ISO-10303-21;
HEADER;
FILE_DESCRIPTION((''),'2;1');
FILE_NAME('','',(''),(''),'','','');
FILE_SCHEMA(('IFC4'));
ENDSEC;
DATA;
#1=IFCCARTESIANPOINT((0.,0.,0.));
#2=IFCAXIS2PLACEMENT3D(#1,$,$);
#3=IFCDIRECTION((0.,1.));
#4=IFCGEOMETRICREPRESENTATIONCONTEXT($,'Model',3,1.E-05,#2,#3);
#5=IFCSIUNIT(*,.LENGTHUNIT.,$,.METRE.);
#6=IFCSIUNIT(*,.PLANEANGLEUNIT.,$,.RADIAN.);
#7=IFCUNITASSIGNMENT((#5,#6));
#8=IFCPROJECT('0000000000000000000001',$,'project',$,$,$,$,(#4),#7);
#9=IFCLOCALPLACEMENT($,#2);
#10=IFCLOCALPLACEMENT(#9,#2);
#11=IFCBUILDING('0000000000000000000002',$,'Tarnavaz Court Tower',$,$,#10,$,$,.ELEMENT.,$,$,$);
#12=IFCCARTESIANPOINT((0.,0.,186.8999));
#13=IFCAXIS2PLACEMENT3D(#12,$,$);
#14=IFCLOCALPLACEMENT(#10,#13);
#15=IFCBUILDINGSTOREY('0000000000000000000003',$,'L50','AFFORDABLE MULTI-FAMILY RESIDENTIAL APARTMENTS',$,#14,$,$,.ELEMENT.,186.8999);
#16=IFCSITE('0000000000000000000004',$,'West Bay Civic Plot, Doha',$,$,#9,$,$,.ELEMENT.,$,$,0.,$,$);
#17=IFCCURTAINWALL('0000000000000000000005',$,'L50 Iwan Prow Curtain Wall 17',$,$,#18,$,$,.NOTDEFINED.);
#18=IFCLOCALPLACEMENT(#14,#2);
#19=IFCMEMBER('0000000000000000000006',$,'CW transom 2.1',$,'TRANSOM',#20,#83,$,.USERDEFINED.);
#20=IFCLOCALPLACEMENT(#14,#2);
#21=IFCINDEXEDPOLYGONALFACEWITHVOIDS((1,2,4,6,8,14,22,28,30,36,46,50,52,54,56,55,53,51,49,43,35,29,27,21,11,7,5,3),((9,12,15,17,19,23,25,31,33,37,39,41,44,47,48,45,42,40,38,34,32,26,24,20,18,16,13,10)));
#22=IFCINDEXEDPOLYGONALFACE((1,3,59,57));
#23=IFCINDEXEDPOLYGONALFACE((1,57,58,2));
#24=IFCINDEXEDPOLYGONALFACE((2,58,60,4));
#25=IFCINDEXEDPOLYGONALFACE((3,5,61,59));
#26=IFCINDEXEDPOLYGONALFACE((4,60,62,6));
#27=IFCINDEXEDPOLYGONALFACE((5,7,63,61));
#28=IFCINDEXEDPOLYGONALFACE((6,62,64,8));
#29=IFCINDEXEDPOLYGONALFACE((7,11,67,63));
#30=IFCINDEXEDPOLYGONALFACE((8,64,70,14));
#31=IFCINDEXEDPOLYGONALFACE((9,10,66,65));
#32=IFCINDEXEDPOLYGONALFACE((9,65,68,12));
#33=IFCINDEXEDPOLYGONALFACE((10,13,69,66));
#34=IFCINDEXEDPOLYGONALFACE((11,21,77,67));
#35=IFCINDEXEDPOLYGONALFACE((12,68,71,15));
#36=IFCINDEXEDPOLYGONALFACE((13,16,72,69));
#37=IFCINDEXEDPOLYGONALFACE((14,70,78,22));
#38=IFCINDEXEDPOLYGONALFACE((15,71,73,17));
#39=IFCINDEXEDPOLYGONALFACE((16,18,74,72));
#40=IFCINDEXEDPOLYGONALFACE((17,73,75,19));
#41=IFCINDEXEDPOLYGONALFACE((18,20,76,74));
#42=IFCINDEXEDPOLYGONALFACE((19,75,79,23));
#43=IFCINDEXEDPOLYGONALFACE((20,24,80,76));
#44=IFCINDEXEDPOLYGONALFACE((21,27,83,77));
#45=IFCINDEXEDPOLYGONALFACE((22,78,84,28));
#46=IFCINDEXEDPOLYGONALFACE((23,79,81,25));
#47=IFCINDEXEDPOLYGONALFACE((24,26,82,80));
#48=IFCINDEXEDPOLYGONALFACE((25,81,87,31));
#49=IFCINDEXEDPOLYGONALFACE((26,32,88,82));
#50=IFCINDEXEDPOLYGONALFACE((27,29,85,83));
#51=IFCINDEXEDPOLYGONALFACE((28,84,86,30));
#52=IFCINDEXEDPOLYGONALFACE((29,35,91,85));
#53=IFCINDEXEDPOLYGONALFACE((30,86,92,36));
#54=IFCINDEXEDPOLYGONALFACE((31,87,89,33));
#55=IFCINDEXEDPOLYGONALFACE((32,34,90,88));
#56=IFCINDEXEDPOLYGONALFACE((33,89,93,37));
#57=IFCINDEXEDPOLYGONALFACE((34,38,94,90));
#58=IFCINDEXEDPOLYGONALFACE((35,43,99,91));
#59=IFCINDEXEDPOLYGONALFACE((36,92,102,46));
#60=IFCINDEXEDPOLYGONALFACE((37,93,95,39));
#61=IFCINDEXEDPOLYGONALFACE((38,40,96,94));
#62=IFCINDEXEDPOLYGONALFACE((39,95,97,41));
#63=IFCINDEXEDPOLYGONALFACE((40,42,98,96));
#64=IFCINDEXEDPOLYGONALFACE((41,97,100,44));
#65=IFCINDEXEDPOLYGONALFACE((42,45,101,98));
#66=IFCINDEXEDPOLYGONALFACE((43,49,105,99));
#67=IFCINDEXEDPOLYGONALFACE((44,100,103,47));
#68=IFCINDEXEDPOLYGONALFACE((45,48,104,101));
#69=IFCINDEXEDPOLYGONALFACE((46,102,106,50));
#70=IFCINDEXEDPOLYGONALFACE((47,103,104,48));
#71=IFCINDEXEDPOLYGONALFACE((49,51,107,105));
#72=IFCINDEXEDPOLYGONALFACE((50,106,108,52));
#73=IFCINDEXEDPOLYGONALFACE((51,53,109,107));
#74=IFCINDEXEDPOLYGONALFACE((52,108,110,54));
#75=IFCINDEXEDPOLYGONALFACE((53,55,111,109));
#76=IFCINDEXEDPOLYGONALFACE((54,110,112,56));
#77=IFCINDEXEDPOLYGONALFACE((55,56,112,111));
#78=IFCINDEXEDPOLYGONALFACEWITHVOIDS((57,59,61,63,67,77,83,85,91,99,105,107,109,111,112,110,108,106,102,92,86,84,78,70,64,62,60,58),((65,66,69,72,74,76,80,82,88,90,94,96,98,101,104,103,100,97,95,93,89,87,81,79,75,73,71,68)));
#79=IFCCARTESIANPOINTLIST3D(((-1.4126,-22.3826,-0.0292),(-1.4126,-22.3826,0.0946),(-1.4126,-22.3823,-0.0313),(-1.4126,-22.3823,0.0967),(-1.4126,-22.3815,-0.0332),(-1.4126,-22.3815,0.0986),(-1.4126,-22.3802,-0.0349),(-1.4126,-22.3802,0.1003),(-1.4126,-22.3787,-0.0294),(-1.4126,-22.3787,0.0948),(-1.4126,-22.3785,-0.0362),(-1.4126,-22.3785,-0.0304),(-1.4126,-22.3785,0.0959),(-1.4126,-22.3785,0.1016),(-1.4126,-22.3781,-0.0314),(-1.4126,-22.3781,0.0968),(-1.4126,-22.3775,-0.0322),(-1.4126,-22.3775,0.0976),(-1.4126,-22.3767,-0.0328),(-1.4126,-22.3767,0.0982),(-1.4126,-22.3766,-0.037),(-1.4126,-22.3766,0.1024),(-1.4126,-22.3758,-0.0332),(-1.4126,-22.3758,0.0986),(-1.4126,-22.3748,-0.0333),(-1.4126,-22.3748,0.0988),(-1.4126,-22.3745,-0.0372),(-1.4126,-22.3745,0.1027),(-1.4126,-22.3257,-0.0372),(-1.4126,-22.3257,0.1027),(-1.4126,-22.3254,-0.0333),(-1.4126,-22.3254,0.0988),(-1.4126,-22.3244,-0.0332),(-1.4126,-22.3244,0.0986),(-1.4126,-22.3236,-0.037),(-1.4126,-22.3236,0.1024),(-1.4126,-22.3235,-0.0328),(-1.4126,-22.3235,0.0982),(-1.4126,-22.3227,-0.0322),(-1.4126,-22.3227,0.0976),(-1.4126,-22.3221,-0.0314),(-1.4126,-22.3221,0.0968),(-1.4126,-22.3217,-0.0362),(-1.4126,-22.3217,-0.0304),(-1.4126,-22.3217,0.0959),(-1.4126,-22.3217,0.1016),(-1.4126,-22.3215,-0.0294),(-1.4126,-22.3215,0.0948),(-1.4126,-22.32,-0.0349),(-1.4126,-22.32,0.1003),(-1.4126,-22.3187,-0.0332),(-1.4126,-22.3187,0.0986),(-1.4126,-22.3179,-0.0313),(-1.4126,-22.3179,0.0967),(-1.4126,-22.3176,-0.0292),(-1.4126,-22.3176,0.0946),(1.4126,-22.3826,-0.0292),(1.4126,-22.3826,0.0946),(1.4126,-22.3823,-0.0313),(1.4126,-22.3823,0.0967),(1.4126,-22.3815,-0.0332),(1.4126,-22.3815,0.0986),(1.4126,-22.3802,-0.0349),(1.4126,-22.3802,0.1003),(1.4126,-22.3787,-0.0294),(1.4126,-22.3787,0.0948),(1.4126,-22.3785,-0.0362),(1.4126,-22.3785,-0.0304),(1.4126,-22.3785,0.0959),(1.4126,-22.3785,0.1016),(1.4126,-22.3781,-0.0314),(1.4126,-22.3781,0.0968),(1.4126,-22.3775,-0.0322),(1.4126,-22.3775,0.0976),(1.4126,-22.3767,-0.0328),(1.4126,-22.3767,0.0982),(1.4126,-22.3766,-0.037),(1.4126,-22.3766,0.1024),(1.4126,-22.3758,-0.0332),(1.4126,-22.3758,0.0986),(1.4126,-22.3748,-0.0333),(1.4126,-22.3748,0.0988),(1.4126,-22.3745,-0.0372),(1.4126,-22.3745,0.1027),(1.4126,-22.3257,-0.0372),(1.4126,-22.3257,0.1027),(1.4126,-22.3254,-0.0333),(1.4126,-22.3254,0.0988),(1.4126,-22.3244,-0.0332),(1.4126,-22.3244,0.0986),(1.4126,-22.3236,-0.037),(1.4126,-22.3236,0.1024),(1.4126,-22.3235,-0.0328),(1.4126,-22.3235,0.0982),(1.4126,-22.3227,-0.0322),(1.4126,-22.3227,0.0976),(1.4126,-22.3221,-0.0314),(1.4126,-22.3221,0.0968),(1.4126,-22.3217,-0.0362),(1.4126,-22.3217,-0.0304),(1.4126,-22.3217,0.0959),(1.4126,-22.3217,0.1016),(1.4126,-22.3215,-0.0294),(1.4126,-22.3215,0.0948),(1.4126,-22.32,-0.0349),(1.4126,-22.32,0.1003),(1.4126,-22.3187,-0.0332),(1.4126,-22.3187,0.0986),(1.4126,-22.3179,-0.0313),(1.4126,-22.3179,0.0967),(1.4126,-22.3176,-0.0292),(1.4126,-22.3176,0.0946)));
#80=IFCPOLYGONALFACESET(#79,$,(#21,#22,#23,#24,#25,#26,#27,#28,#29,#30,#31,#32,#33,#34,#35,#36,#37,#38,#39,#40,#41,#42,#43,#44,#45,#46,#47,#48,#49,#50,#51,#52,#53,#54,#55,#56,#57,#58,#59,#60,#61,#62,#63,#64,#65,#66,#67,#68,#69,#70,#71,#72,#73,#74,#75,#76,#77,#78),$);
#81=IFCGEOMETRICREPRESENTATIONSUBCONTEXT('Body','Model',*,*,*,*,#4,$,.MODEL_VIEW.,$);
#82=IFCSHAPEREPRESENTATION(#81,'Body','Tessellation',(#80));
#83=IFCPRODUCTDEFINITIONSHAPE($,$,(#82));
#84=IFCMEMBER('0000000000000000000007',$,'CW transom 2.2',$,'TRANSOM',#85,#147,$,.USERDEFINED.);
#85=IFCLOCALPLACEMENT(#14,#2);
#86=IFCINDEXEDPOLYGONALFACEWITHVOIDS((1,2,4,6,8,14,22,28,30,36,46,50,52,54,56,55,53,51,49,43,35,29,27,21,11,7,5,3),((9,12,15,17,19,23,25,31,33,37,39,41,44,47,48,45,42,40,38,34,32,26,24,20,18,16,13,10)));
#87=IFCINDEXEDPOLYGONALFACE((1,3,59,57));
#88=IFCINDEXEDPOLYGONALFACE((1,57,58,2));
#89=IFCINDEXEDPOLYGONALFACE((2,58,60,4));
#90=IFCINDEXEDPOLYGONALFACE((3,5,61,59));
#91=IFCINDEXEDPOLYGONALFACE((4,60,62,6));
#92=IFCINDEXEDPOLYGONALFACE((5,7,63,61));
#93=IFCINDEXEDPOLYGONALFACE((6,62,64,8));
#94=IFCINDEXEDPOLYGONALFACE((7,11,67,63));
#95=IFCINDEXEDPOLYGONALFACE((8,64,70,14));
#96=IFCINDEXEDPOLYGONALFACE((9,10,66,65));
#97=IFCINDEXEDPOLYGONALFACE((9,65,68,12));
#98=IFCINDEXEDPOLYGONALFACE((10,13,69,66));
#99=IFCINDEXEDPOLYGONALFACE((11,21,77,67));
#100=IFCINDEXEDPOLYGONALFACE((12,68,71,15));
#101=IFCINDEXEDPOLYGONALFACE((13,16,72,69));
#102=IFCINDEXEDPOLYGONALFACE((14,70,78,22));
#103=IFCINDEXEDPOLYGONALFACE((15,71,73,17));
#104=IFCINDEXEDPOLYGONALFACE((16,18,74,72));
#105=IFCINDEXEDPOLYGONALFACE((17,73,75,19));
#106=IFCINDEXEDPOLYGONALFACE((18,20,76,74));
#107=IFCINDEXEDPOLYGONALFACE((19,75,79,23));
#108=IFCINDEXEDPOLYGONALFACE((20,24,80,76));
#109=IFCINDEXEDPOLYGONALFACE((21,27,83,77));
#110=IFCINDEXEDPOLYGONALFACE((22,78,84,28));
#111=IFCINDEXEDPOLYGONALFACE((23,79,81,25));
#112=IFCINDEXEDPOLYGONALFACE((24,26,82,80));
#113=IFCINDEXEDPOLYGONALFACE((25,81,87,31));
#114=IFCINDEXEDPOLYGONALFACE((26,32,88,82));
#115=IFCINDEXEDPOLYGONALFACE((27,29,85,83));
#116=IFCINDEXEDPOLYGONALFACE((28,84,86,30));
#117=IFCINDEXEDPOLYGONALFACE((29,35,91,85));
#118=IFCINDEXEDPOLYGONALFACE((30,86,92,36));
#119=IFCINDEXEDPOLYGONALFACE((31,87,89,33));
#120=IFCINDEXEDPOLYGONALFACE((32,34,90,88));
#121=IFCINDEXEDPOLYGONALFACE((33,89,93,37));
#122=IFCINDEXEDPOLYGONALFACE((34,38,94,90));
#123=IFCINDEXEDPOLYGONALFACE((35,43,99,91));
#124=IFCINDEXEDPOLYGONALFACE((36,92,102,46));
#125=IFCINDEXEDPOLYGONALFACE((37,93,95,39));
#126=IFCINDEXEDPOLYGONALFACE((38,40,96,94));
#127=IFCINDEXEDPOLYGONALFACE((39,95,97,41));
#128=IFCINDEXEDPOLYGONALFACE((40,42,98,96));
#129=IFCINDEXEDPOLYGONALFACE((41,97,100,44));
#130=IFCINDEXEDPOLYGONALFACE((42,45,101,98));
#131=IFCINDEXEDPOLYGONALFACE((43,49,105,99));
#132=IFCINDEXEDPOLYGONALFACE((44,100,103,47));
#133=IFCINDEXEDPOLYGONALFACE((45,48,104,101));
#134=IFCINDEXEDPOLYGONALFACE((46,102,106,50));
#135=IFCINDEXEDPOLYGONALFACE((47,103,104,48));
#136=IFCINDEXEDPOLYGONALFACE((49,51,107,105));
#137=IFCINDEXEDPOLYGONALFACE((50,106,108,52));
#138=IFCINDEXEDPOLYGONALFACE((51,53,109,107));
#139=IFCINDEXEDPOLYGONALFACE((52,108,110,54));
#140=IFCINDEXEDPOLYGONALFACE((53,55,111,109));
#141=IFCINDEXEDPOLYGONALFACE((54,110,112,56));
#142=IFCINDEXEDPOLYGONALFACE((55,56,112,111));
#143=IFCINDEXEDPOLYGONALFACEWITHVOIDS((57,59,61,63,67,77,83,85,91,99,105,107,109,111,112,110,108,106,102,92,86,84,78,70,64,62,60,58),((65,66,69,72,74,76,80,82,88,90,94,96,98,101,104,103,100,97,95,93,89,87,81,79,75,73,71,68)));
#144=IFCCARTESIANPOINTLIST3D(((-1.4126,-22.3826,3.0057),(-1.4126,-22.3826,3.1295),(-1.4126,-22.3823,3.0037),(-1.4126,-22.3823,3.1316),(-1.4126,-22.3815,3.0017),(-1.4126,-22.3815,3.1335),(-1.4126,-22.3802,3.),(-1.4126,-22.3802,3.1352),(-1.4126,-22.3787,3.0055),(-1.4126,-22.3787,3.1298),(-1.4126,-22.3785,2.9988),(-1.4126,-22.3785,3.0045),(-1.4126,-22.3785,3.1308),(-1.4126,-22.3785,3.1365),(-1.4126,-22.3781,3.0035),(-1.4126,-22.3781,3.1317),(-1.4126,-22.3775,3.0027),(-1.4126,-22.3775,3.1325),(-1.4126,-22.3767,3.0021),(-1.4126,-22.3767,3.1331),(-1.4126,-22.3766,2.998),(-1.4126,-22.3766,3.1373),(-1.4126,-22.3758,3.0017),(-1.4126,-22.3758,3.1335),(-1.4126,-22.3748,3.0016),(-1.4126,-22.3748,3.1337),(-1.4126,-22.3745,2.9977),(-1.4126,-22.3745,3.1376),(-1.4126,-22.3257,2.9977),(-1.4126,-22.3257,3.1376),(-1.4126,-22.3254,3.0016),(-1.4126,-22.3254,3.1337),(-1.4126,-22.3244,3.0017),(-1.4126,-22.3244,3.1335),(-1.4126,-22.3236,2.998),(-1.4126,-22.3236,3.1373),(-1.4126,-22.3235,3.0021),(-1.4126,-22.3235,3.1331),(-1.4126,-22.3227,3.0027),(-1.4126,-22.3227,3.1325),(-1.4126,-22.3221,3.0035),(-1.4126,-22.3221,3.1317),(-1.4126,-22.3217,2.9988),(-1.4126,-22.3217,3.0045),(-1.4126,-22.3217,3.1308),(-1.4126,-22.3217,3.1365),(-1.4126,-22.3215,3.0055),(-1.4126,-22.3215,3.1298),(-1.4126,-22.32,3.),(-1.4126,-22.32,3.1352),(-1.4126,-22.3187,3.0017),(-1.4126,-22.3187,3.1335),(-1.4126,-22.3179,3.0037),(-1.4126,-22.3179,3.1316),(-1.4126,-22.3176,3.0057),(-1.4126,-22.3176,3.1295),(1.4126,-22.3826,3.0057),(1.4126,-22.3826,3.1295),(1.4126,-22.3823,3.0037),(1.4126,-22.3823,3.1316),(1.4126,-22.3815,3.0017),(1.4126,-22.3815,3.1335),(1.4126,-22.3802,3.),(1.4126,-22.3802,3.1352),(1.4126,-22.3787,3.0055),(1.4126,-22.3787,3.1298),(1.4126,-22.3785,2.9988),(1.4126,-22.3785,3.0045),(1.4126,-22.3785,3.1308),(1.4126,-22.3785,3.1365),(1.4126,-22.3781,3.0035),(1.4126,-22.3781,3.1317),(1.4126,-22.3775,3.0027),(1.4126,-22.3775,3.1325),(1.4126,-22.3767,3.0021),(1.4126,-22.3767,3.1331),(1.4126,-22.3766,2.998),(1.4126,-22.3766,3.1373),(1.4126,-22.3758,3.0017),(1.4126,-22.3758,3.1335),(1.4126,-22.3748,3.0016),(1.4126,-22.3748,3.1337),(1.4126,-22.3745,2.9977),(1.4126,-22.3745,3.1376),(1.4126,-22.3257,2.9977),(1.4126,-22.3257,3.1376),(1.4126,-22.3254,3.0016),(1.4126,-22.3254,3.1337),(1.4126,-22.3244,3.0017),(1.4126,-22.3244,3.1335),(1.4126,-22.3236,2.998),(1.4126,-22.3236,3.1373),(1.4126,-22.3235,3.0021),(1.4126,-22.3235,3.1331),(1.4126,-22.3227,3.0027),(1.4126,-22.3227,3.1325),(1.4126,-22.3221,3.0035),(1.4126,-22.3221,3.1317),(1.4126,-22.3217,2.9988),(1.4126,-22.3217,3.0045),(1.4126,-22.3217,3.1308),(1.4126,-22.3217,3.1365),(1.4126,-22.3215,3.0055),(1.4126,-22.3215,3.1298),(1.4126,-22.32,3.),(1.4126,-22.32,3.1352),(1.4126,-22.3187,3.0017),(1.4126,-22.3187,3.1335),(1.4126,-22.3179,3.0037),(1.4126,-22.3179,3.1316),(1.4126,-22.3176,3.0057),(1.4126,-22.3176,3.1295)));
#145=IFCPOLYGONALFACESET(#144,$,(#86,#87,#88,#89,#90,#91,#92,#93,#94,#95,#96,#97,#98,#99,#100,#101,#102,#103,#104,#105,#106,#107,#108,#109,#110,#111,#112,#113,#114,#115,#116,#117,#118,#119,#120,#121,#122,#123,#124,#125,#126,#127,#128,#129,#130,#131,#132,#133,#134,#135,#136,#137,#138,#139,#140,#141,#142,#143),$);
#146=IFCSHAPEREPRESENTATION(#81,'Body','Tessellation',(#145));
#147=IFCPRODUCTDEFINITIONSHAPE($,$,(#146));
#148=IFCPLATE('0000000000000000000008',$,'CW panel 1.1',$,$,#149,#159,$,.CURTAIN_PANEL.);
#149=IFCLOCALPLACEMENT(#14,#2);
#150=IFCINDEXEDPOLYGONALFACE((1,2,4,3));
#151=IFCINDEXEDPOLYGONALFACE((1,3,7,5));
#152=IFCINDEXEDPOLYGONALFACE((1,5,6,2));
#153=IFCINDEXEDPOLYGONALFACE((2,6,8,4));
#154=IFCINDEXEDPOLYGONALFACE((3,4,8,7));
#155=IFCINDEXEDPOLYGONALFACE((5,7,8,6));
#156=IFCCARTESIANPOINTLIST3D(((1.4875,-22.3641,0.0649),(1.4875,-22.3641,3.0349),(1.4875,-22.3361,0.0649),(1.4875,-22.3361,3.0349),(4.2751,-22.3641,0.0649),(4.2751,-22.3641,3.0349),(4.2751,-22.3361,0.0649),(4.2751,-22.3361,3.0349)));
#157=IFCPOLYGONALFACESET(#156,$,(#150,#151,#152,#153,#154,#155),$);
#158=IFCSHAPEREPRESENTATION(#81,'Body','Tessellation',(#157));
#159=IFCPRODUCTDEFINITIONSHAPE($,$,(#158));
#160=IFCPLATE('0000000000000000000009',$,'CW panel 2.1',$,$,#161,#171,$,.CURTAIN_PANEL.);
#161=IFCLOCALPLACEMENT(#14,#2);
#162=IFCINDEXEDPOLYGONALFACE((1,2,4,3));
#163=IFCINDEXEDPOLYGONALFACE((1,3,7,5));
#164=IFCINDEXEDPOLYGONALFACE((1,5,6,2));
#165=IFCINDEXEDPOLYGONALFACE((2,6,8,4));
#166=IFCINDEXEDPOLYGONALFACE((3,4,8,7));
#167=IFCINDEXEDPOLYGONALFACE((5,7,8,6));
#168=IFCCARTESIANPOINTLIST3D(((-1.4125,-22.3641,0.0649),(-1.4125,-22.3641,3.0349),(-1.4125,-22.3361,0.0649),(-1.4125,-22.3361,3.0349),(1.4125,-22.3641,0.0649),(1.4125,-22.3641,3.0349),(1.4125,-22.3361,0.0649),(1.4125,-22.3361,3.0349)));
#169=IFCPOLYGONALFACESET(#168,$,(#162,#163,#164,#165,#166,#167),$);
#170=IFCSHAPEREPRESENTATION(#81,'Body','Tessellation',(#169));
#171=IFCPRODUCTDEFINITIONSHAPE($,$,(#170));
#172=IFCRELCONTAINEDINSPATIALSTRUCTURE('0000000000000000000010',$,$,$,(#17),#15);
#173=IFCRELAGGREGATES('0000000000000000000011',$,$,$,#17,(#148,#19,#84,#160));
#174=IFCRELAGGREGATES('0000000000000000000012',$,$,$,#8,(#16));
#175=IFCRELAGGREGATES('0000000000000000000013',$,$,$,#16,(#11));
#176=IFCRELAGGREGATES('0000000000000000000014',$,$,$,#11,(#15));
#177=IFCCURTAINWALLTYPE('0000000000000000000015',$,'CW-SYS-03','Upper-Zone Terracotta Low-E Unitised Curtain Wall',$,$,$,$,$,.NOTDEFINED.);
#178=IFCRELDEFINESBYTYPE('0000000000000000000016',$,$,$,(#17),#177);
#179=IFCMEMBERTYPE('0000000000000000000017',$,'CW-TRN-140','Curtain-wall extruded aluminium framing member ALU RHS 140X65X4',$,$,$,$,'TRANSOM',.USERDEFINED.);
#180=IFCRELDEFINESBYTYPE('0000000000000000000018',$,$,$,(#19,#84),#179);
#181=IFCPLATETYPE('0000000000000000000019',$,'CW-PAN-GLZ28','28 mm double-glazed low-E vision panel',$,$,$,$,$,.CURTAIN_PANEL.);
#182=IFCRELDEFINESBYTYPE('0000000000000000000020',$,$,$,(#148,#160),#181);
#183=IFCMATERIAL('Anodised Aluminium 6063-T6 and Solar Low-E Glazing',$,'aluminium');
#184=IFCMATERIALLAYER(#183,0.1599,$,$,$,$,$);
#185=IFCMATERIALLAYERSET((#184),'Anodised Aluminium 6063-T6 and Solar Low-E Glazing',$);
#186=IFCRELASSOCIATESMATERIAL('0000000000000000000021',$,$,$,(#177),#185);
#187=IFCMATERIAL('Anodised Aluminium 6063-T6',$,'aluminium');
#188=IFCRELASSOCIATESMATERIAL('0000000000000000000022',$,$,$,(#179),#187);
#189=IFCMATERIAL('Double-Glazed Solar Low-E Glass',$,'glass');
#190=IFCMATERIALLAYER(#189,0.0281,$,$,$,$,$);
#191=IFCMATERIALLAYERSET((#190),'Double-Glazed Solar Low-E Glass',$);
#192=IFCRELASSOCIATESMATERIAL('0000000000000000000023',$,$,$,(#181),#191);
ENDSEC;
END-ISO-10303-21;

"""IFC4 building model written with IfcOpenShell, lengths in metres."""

from ifc_helpers import new_model, si_unit, direction, frame, origin, origin_2d, place, context, subcontext, project, spatial, rectangle, hollow_rectangle, extrude, material, layer, layer_set, material_profile, profile_set, type_object, element, aggregate, save


model = new_model("IFC4")

# Units and contexts
model_context = context("Model", 3, precision=1e-05, world=origin(), true_north=direction((0.0, 1.0)))
body_context = subcontext(model_context, "Body", "Model", "MODEL_VIEW")
ifc_project = project(units=[si_unit("LENGTHUNIT", "METRE"), si_unit("PLANEANGLEUNIT", "RADIAN")], contexts=[model_context])

# Site, building, storey
site_placement = place(None, origin())
site = spatial("IfcSite", under=ifc_project, at=site_placement, Name="West Bay Civic Plot, Doha", CompositionType="ELEMENT", RefElevation=0.0)
building_placement = place(site_placement, origin())
building = spatial("IfcBuilding", under=site, at=building_placement, Name="Tarnavaz Court Tower", CompositionType="ELEMENT")
storey_placement = place(building_placement, frame((0.0, 0.0, 186.8999)))
storey = spatial("IfcBuildingStorey", under=building, at=storey_placement, Name="L50", Description="AFFORDABLE MULTI-FAMILY RESIDENTIAL APARTMENTS", CompositionType="ELEMENT", Elevation=186.8999)

# Curtain wall, members, plates
ifc_material_1 = material(Name="Anodised Aluminium 6063-T6 and Solar Low-E Glazing", Category="aluminium")
ifc_layer_1 = layer(ifc_material_1, 0.1599)
ifc_layer_set_1 = layer_set([ifc_layer_1], Name="Anodised Aluminium 6063-T6 and Solar Low-E Glazing")
curtain_wall_type = type_object("IfcCurtainWallType", Name="CW-SYS-03", Description="Upper-Zone Terracotta Low-E Unitised Curtain Wall", PredefinedType="NOTDEFINED", material=ifc_layer_set_1)
curtain_wall_placement = place(storey_placement, origin())
curtain_wall = element("IfcCurtainWall", 1, at=curtain_wall_placement, inside=storey, type_object=curtain_wall_type, Name="L50 Iwan Prow Curtain Wall 17", PredefinedType="NOTDEFINED")
ifc_material_2 = material(Name="Anodised Aluminium 6063-T6", Category="aluminium")
ifc_material_profile_1 = material_profile(ifc_material_2, hollow_rectangle(XDim=0.0649, YDim=0.1399, WallThickness=0.0039, InnerFilletRadius=0.0039, OuterFilletRadius=0.0081, at=origin_2d()), Name="ALU RHS 140X65X4")
ifc_profile_set_1 = profile_set([ifc_material_profile_1], Name="Anodised Aluminium 6063-T6")
member_type_1 = type_object("IfcMemberType", Name="CW-TRN-140", Description="Curtain-wall extruded aluminium framing member ALU RHS 140X65X4", ElementType="TRANSOM", PredefinedType="USERDEFINED", material=ifc_profile_set_1)
member_1_placement = place(storey_placement, frame((1.4126, -22.3501, 0.0327), z_axis=(-1.0, 0.0, 0.0), x_axis=(0.0, -1.0, 0.0)))
member_1 = element("IfcMember", 2, at=member_1_placement, type_object=member_type_1, Name="CW transom 2.1", ObjectType="TRANSOM", PredefinedType="USERDEFINED", context=body_context, shape_type="SweptSolid", body=[
    extrude(hollow_rectangle(XDim=0.0649, YDim=0.1399, WallThickness=0.0039, InnerFilletRadius=0.0039, OuterFilletRadius=0.0081, at=origin_2d()), origin(), (0.0, 0.0, 1.0), 2.8252),
])
member_2_placement = place(storey_placement, frame((1.4126, -22.3501, 3.0676), z_axis=(-1.0, 0.0, 0.0), x_axis=(0.0, -1.0, 0.0)))
member_2 = element("IfcMember", 3, at=member_2_placement, type_object=member_type_1, Name="CW transom 2.2", ObjectType="TRANSOM", PredefinedType="USERDEFINED", context=body_context, shape_type="SweptSolid", body=[
    extrude(hollow_rectangle(XDim=0.0649, YDim=0.1399, WallThickness=0.0039, InnerFilletRadius=0.0039, OuterFilletRadius=0.0081, at=origin_2d()), origin(), (0.0, 0.0, 1.0), 2.8252),
])
ifc_material_3 = material(Name="Double-Glazed Solar Low-E Glass", Category="glass")
ifc_layer_2 = layer(ifc_material_3, 0.0281)
ifc_layer_set_2 = layer_set([ifc_layer_2], Name="Double-Glazed Solar Low-E Glass")
plate_type = type_object("IfcPlateType", Name="CW-PAN-GLZ28", Description="28 mm double-glazed low-E vision panel", PredefinedType="CURTAIN_PANEL", material=ifc_layer_set_2)
plate_1_placement = place(storey_placement, frame((2.8813, -22.3501, 0.0649), z_axis=(0.0, 0.0, 1.0), x_axis=(-1.0, 0.0, 0.0)))
plate_1 = element("IfcPlate", 4, at=plate_1_placement, type_object=plate_type, Name="CW panel 1.1", PredefinedType="CURTAIN_PANEL", context=body_context, shape_type="SweptSolid", body=[
    extrude(rectangle(XDim=2.7876, YDim=0.0281, at=origin_2d()), origin(), (0.0, 0.0, 1.0), 2.97),
])
plate_2_placement = place(storey_placement, frame((0.0, -22.3501, 0.0649), z_axis=(0.0, 0.0, 1.0), x_axis=(-1.0, 0.0, 0.0)))
plate_2 = element("IfcPlate", 5, at=plate_2_placement, type_object=plate_type, Name="CW panel 2.1", PredefinedType="CURTAIN_PANEL", context=body_context, shape_type="SweptSolid", body=[
    extrude(rectangle(XDim=2.825, YDim=0.0281, at=origin_2d()), origin(), (0.0, 0.0, 1.0), 2.97),
])
aggregate(curtain_wall, [plate_1, member_1, member_2, plate_2])

save(model, "model.ifc")
